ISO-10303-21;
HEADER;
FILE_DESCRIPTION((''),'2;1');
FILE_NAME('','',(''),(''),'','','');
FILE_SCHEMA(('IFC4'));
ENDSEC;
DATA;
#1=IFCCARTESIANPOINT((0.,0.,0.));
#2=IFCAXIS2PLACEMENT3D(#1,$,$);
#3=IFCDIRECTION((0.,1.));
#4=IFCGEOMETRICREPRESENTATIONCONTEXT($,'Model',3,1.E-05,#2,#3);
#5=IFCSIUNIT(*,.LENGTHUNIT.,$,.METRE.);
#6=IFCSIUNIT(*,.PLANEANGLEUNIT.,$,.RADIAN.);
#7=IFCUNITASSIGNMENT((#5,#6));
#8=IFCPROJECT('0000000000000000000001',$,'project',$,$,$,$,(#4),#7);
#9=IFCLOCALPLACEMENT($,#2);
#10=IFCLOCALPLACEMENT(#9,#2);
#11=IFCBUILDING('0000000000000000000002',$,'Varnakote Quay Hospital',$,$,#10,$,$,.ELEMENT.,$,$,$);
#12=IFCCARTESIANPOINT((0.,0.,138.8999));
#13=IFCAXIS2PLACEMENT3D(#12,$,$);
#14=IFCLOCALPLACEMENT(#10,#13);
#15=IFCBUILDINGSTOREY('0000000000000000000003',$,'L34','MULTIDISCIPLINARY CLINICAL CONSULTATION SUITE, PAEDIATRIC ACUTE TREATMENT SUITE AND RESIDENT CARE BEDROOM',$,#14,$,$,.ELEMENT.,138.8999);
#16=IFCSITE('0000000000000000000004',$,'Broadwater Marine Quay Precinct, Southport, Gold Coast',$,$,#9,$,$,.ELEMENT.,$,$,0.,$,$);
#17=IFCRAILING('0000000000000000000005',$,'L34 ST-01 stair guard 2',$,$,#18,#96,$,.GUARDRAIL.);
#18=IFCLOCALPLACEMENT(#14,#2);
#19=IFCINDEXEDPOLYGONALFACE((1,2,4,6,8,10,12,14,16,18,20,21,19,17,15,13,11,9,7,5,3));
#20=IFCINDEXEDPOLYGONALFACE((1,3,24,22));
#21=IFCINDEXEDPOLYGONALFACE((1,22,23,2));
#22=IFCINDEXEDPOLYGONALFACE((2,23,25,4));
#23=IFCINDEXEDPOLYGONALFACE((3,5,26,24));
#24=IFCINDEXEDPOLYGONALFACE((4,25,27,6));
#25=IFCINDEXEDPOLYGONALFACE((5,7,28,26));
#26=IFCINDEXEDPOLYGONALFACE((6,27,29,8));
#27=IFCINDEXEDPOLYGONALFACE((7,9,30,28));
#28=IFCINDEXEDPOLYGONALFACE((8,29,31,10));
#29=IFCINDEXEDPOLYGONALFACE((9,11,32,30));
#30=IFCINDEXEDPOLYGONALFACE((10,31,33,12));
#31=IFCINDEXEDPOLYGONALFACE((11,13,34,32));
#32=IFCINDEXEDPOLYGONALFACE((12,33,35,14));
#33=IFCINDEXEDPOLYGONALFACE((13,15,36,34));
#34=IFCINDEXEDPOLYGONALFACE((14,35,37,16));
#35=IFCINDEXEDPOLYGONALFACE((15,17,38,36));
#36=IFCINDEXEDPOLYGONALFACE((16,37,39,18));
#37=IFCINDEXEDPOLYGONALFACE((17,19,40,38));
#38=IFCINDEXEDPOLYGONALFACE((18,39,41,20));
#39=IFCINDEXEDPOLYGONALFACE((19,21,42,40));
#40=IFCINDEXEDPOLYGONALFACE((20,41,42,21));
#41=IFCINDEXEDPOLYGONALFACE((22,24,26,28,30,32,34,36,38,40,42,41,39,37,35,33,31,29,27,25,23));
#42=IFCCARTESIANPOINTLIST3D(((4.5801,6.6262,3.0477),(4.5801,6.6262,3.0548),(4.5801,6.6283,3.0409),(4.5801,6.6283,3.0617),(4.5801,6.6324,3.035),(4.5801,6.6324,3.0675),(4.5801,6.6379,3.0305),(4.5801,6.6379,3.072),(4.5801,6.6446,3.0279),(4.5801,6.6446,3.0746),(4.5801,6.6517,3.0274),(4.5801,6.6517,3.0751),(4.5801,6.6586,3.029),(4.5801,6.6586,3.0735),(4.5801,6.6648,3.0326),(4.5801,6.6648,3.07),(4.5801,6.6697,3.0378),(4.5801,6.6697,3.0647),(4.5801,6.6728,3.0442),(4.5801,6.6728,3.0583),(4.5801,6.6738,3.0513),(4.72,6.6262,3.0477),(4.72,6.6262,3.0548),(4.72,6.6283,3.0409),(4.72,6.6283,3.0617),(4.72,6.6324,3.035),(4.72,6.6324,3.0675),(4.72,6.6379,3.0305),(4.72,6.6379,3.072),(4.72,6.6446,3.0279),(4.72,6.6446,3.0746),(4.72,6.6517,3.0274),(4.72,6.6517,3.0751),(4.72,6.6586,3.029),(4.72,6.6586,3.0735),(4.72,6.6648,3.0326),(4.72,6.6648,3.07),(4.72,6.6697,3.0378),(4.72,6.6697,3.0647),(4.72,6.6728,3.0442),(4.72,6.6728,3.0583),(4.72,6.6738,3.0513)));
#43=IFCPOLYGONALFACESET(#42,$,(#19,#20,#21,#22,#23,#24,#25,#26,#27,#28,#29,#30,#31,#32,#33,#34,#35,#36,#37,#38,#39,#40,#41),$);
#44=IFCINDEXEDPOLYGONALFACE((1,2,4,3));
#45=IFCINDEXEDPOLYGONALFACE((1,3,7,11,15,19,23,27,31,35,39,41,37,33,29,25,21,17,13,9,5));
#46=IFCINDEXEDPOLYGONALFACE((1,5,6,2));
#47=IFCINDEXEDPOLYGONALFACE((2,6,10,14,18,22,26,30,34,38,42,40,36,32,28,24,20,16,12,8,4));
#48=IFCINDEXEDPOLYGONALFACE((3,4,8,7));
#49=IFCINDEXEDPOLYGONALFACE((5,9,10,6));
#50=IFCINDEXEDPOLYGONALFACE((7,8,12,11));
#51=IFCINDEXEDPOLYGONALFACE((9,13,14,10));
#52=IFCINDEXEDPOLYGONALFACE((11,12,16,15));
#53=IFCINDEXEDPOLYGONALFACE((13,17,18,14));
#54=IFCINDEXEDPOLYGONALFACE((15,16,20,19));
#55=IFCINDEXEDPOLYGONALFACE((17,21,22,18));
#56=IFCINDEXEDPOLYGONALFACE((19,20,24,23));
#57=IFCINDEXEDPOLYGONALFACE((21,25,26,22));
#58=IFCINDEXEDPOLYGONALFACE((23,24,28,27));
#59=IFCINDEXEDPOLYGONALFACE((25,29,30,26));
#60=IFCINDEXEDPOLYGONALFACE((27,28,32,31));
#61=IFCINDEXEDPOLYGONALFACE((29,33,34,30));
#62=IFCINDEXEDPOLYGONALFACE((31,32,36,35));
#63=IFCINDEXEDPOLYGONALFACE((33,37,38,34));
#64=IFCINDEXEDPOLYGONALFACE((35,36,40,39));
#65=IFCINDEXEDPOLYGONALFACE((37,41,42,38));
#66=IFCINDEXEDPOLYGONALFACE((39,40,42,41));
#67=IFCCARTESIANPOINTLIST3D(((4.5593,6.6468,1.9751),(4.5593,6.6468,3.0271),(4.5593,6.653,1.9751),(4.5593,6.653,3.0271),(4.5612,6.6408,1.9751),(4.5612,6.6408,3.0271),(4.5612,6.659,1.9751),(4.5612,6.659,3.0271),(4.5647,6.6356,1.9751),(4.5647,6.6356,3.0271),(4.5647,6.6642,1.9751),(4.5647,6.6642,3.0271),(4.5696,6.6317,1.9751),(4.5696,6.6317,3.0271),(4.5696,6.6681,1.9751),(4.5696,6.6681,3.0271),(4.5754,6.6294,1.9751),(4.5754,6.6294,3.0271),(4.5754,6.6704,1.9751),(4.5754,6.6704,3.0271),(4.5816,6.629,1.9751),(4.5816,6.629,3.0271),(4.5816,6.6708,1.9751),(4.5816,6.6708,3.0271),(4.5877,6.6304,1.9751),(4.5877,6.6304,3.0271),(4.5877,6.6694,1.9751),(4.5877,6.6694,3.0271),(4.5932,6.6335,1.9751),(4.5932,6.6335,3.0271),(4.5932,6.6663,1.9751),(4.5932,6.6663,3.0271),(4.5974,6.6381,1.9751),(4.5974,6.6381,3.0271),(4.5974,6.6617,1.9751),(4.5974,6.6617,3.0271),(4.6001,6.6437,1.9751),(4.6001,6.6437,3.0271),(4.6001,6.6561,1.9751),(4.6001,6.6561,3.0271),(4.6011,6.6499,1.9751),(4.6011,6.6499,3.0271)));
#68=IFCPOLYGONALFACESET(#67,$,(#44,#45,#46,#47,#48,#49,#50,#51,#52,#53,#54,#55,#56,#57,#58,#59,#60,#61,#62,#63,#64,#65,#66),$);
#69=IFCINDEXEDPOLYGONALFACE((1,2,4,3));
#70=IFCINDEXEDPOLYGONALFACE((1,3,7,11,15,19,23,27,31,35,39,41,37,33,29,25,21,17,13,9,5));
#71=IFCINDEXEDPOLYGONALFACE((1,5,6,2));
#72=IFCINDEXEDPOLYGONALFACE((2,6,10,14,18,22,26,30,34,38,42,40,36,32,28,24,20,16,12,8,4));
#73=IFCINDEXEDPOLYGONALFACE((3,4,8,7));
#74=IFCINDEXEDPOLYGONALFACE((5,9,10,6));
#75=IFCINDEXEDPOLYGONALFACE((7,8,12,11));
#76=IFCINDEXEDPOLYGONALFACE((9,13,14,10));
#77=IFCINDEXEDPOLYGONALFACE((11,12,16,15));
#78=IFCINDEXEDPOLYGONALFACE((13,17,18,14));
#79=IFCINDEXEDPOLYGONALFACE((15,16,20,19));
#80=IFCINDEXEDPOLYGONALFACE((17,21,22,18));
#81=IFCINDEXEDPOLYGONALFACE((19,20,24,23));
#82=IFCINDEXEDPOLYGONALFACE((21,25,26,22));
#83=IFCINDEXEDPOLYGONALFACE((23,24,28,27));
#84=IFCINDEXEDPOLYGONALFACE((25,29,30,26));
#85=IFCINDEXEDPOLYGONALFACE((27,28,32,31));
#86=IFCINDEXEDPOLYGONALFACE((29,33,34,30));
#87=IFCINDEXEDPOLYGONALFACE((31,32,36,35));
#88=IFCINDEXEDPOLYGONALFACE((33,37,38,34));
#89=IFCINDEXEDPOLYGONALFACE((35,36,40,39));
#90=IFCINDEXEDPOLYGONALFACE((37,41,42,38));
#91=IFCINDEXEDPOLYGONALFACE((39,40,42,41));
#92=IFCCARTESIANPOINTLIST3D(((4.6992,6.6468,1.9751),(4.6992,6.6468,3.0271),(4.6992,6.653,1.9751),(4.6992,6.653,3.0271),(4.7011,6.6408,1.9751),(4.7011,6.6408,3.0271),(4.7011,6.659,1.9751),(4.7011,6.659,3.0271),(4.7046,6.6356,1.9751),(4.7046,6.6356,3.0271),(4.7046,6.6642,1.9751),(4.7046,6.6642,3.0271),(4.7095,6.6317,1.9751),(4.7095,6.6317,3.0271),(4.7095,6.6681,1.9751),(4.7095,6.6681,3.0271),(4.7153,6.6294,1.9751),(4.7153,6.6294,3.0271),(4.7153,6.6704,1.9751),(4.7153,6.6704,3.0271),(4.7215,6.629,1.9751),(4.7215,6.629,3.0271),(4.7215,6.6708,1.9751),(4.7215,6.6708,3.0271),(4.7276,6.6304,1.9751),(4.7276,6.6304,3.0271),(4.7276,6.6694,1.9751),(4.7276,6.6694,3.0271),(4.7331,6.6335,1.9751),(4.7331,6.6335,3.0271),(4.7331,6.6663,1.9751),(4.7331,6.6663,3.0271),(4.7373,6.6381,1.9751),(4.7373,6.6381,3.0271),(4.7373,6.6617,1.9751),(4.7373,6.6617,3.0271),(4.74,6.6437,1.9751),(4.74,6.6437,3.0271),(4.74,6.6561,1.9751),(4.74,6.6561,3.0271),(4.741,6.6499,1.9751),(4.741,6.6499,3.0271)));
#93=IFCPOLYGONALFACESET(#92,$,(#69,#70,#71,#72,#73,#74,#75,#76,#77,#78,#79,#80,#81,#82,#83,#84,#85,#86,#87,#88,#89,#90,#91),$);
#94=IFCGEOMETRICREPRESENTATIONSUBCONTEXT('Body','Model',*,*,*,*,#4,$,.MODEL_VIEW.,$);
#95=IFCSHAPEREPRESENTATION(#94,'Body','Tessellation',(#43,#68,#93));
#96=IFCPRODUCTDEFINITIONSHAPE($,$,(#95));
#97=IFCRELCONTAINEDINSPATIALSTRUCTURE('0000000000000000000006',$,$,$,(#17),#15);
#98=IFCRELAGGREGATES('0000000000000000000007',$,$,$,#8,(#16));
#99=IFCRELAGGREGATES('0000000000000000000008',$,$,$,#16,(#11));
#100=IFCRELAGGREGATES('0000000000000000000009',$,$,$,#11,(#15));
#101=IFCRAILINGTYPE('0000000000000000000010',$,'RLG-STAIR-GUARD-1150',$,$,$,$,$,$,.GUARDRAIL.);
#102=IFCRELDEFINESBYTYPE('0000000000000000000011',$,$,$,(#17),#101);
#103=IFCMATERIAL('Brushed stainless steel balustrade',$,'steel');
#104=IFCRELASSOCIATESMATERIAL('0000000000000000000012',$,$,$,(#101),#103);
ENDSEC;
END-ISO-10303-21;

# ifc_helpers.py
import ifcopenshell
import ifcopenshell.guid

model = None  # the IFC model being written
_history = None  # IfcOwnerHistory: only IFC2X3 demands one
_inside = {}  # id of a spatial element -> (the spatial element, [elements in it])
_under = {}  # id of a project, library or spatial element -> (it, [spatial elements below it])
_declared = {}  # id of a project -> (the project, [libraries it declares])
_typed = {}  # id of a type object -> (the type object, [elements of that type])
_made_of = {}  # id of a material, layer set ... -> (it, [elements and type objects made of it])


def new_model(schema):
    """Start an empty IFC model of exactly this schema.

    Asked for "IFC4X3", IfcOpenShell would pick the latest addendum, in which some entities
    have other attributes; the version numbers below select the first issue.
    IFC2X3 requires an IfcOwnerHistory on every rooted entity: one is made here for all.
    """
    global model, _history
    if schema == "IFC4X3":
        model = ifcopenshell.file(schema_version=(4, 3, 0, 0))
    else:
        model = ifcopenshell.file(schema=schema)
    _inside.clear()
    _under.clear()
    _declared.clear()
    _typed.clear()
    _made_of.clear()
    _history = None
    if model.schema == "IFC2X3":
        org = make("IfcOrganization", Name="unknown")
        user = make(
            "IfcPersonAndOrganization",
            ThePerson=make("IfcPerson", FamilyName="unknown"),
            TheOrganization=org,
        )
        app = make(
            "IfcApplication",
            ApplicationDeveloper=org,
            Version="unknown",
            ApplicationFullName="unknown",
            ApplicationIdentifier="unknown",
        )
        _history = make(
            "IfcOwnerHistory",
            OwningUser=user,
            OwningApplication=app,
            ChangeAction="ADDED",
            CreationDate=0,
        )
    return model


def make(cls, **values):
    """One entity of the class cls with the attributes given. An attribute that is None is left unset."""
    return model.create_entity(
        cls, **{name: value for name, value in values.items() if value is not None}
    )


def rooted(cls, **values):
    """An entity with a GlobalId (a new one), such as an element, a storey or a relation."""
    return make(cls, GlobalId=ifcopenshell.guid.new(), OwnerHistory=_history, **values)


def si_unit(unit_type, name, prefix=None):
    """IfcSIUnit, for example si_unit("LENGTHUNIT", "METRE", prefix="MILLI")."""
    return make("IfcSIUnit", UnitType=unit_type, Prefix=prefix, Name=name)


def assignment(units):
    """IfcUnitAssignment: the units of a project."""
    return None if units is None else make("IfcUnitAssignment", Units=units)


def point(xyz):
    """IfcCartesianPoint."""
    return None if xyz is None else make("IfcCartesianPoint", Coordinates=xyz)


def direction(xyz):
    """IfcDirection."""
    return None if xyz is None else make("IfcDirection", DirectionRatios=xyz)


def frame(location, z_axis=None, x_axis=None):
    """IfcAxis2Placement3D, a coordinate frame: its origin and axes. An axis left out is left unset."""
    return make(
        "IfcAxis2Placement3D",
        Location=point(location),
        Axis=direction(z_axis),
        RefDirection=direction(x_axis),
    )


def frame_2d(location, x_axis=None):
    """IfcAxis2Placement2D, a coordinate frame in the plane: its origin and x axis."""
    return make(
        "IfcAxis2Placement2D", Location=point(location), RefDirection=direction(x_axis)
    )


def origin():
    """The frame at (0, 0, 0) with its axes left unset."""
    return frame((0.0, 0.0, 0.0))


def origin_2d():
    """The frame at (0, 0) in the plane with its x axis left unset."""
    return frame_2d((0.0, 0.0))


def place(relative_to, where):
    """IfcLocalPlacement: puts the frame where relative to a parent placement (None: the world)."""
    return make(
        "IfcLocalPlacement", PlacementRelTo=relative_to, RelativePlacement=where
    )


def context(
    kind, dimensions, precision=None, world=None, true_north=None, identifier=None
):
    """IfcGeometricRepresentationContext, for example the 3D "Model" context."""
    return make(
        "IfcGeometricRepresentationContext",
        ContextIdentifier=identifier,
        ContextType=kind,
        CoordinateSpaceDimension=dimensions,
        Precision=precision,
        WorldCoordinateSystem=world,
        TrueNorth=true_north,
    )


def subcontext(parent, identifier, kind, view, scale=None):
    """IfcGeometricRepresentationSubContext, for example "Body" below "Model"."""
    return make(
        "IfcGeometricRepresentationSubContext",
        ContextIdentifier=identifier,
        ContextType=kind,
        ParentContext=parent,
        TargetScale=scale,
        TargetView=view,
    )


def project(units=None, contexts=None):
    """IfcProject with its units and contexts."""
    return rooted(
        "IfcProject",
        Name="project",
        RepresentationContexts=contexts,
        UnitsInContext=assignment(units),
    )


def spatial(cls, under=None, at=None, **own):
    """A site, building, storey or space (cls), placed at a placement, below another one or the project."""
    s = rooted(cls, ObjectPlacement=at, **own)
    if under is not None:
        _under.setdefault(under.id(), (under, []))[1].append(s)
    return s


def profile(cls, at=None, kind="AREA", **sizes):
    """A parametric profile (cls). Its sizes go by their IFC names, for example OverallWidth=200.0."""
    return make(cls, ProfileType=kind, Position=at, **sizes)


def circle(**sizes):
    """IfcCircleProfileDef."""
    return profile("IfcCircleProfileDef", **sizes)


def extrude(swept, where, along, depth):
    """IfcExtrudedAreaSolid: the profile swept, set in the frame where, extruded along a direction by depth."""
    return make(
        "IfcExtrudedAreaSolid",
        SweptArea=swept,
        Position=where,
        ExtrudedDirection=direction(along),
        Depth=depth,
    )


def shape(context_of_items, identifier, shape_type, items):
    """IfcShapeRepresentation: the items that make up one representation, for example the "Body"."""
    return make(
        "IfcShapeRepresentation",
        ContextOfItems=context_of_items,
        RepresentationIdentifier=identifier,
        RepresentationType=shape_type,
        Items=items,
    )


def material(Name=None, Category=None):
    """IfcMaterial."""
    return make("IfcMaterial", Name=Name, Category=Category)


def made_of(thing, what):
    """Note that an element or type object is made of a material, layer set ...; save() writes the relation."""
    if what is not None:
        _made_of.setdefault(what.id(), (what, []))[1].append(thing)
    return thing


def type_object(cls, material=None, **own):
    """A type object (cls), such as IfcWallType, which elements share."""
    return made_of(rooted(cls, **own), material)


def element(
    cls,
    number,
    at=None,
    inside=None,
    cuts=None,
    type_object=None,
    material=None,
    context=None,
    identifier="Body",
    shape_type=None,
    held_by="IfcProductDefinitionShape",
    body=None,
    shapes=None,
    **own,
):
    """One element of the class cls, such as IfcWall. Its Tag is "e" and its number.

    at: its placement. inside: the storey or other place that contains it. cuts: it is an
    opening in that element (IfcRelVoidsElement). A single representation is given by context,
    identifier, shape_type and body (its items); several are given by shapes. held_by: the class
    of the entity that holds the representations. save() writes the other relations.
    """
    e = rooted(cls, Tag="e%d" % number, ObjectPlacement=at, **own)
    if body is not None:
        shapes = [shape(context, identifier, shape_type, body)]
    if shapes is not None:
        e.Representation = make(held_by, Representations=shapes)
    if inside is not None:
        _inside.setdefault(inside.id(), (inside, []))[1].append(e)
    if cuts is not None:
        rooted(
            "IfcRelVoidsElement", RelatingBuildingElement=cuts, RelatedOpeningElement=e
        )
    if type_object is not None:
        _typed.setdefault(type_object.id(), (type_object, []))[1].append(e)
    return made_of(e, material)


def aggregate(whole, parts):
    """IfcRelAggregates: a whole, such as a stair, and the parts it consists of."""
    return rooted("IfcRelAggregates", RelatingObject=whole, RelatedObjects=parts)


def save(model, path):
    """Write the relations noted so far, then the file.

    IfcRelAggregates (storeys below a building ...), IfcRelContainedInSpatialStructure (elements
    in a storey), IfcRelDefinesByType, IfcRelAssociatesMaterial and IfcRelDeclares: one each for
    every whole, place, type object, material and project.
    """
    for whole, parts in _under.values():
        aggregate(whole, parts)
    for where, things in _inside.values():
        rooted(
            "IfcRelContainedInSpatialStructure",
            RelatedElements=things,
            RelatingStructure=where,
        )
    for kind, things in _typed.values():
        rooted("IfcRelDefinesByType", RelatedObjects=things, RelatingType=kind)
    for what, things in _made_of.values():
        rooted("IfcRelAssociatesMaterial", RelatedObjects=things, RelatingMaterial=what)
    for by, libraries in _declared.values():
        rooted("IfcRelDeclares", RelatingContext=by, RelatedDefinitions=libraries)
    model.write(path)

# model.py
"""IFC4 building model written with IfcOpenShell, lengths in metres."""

from ifc_helpers import new_model, si_unit, direction, frame, origin, origin_2d, place, context, subcontext, project, spatial, circle, extrude, material, type_object, element, save


model = new_model("IFC4")

# Units and contexts
model_context = context("Model", 3, precision=1e-05, world=origin(), true_north=direction((0.0, 1.0)))
body_context = subcontext(model_context, "Body", "Model", "MODEL_VIEW")
ifc_project = project(units=[si_unit("LENGTHUNIT", "METRE"), si_unit("PLANEANGLEUNIT", "RADIAN")], contexts=[model_context])

# Site, building, storey
site_placement = place(None, origin())
site = spatial("IfcSite", under=ifc_project, at=site_placement, Name="Broadwater Marine Quay Precinct, Southport, Gold Coast", CompositionType="ELEMENT", RefElevation=0.0)
building_placement = place(site_placement, origin())
building = spatial("IfcBuilding", under=site, at=building_placement, Name="Varnakote Quay Hospital", CompositionType="ELEMENT")
storey_placement = place(building_placement, frame((0.0, 0.0, 138.8999)))
storey = spatial("IfcBuildingStorey", under=building, at=storey_placement, Name="L34", Description="MULTIDISCIPLINARY CLINICAL CONSULTATION SUITE, PAEDIATRIC ACUTE TREATMENT SUITE AND RESIDENT CARE BEDROOM", CompositionType="ELEMENT", Elevation=138.8999)

# Railing
ifc_material_1 = material(Name="Brushed stainless steel balustrade", Category="steel")
railing_type_1 = type_object("IfcRailingType", Name="RLG-STAIR-GUARD-1150", PredefinedType="GUARDRAIL", material=ifc_material_1)
railing_1_placement = place(storey_placement, frame((4.5801, 6.6499, 1.9751)))
element("IfcRailing", 1, at=railing_1_placement, inside=storey, type_object=railing_type_1, Name="L34 ST-01 stair guard 2", PredefinedType="GUARDRAIL", context=body_context, shape_type="SweptSolid", body=[
    extrude(circle(Radius=0.0239, at=origin_2d()), frame((0.0, 0.0, 1.0762), z_axis=(1.0, 0.0, 0.0), x_axis=(0.0, 1.0, 0.0)), (0.0, 0.0, 1.0), 0.1399),
    extrude(circle(Radius=0.021, at=origin_2d()), origin(), (0.0, 0.0, 1.0), 1.052),
    extrude(circle(Radius=0.021, at=origin_2d()), frame((0.1399, 0.0, 0.0)), (0.0, 0.0, 1.0), 1.052),
])

save(model, "model.ifc")
